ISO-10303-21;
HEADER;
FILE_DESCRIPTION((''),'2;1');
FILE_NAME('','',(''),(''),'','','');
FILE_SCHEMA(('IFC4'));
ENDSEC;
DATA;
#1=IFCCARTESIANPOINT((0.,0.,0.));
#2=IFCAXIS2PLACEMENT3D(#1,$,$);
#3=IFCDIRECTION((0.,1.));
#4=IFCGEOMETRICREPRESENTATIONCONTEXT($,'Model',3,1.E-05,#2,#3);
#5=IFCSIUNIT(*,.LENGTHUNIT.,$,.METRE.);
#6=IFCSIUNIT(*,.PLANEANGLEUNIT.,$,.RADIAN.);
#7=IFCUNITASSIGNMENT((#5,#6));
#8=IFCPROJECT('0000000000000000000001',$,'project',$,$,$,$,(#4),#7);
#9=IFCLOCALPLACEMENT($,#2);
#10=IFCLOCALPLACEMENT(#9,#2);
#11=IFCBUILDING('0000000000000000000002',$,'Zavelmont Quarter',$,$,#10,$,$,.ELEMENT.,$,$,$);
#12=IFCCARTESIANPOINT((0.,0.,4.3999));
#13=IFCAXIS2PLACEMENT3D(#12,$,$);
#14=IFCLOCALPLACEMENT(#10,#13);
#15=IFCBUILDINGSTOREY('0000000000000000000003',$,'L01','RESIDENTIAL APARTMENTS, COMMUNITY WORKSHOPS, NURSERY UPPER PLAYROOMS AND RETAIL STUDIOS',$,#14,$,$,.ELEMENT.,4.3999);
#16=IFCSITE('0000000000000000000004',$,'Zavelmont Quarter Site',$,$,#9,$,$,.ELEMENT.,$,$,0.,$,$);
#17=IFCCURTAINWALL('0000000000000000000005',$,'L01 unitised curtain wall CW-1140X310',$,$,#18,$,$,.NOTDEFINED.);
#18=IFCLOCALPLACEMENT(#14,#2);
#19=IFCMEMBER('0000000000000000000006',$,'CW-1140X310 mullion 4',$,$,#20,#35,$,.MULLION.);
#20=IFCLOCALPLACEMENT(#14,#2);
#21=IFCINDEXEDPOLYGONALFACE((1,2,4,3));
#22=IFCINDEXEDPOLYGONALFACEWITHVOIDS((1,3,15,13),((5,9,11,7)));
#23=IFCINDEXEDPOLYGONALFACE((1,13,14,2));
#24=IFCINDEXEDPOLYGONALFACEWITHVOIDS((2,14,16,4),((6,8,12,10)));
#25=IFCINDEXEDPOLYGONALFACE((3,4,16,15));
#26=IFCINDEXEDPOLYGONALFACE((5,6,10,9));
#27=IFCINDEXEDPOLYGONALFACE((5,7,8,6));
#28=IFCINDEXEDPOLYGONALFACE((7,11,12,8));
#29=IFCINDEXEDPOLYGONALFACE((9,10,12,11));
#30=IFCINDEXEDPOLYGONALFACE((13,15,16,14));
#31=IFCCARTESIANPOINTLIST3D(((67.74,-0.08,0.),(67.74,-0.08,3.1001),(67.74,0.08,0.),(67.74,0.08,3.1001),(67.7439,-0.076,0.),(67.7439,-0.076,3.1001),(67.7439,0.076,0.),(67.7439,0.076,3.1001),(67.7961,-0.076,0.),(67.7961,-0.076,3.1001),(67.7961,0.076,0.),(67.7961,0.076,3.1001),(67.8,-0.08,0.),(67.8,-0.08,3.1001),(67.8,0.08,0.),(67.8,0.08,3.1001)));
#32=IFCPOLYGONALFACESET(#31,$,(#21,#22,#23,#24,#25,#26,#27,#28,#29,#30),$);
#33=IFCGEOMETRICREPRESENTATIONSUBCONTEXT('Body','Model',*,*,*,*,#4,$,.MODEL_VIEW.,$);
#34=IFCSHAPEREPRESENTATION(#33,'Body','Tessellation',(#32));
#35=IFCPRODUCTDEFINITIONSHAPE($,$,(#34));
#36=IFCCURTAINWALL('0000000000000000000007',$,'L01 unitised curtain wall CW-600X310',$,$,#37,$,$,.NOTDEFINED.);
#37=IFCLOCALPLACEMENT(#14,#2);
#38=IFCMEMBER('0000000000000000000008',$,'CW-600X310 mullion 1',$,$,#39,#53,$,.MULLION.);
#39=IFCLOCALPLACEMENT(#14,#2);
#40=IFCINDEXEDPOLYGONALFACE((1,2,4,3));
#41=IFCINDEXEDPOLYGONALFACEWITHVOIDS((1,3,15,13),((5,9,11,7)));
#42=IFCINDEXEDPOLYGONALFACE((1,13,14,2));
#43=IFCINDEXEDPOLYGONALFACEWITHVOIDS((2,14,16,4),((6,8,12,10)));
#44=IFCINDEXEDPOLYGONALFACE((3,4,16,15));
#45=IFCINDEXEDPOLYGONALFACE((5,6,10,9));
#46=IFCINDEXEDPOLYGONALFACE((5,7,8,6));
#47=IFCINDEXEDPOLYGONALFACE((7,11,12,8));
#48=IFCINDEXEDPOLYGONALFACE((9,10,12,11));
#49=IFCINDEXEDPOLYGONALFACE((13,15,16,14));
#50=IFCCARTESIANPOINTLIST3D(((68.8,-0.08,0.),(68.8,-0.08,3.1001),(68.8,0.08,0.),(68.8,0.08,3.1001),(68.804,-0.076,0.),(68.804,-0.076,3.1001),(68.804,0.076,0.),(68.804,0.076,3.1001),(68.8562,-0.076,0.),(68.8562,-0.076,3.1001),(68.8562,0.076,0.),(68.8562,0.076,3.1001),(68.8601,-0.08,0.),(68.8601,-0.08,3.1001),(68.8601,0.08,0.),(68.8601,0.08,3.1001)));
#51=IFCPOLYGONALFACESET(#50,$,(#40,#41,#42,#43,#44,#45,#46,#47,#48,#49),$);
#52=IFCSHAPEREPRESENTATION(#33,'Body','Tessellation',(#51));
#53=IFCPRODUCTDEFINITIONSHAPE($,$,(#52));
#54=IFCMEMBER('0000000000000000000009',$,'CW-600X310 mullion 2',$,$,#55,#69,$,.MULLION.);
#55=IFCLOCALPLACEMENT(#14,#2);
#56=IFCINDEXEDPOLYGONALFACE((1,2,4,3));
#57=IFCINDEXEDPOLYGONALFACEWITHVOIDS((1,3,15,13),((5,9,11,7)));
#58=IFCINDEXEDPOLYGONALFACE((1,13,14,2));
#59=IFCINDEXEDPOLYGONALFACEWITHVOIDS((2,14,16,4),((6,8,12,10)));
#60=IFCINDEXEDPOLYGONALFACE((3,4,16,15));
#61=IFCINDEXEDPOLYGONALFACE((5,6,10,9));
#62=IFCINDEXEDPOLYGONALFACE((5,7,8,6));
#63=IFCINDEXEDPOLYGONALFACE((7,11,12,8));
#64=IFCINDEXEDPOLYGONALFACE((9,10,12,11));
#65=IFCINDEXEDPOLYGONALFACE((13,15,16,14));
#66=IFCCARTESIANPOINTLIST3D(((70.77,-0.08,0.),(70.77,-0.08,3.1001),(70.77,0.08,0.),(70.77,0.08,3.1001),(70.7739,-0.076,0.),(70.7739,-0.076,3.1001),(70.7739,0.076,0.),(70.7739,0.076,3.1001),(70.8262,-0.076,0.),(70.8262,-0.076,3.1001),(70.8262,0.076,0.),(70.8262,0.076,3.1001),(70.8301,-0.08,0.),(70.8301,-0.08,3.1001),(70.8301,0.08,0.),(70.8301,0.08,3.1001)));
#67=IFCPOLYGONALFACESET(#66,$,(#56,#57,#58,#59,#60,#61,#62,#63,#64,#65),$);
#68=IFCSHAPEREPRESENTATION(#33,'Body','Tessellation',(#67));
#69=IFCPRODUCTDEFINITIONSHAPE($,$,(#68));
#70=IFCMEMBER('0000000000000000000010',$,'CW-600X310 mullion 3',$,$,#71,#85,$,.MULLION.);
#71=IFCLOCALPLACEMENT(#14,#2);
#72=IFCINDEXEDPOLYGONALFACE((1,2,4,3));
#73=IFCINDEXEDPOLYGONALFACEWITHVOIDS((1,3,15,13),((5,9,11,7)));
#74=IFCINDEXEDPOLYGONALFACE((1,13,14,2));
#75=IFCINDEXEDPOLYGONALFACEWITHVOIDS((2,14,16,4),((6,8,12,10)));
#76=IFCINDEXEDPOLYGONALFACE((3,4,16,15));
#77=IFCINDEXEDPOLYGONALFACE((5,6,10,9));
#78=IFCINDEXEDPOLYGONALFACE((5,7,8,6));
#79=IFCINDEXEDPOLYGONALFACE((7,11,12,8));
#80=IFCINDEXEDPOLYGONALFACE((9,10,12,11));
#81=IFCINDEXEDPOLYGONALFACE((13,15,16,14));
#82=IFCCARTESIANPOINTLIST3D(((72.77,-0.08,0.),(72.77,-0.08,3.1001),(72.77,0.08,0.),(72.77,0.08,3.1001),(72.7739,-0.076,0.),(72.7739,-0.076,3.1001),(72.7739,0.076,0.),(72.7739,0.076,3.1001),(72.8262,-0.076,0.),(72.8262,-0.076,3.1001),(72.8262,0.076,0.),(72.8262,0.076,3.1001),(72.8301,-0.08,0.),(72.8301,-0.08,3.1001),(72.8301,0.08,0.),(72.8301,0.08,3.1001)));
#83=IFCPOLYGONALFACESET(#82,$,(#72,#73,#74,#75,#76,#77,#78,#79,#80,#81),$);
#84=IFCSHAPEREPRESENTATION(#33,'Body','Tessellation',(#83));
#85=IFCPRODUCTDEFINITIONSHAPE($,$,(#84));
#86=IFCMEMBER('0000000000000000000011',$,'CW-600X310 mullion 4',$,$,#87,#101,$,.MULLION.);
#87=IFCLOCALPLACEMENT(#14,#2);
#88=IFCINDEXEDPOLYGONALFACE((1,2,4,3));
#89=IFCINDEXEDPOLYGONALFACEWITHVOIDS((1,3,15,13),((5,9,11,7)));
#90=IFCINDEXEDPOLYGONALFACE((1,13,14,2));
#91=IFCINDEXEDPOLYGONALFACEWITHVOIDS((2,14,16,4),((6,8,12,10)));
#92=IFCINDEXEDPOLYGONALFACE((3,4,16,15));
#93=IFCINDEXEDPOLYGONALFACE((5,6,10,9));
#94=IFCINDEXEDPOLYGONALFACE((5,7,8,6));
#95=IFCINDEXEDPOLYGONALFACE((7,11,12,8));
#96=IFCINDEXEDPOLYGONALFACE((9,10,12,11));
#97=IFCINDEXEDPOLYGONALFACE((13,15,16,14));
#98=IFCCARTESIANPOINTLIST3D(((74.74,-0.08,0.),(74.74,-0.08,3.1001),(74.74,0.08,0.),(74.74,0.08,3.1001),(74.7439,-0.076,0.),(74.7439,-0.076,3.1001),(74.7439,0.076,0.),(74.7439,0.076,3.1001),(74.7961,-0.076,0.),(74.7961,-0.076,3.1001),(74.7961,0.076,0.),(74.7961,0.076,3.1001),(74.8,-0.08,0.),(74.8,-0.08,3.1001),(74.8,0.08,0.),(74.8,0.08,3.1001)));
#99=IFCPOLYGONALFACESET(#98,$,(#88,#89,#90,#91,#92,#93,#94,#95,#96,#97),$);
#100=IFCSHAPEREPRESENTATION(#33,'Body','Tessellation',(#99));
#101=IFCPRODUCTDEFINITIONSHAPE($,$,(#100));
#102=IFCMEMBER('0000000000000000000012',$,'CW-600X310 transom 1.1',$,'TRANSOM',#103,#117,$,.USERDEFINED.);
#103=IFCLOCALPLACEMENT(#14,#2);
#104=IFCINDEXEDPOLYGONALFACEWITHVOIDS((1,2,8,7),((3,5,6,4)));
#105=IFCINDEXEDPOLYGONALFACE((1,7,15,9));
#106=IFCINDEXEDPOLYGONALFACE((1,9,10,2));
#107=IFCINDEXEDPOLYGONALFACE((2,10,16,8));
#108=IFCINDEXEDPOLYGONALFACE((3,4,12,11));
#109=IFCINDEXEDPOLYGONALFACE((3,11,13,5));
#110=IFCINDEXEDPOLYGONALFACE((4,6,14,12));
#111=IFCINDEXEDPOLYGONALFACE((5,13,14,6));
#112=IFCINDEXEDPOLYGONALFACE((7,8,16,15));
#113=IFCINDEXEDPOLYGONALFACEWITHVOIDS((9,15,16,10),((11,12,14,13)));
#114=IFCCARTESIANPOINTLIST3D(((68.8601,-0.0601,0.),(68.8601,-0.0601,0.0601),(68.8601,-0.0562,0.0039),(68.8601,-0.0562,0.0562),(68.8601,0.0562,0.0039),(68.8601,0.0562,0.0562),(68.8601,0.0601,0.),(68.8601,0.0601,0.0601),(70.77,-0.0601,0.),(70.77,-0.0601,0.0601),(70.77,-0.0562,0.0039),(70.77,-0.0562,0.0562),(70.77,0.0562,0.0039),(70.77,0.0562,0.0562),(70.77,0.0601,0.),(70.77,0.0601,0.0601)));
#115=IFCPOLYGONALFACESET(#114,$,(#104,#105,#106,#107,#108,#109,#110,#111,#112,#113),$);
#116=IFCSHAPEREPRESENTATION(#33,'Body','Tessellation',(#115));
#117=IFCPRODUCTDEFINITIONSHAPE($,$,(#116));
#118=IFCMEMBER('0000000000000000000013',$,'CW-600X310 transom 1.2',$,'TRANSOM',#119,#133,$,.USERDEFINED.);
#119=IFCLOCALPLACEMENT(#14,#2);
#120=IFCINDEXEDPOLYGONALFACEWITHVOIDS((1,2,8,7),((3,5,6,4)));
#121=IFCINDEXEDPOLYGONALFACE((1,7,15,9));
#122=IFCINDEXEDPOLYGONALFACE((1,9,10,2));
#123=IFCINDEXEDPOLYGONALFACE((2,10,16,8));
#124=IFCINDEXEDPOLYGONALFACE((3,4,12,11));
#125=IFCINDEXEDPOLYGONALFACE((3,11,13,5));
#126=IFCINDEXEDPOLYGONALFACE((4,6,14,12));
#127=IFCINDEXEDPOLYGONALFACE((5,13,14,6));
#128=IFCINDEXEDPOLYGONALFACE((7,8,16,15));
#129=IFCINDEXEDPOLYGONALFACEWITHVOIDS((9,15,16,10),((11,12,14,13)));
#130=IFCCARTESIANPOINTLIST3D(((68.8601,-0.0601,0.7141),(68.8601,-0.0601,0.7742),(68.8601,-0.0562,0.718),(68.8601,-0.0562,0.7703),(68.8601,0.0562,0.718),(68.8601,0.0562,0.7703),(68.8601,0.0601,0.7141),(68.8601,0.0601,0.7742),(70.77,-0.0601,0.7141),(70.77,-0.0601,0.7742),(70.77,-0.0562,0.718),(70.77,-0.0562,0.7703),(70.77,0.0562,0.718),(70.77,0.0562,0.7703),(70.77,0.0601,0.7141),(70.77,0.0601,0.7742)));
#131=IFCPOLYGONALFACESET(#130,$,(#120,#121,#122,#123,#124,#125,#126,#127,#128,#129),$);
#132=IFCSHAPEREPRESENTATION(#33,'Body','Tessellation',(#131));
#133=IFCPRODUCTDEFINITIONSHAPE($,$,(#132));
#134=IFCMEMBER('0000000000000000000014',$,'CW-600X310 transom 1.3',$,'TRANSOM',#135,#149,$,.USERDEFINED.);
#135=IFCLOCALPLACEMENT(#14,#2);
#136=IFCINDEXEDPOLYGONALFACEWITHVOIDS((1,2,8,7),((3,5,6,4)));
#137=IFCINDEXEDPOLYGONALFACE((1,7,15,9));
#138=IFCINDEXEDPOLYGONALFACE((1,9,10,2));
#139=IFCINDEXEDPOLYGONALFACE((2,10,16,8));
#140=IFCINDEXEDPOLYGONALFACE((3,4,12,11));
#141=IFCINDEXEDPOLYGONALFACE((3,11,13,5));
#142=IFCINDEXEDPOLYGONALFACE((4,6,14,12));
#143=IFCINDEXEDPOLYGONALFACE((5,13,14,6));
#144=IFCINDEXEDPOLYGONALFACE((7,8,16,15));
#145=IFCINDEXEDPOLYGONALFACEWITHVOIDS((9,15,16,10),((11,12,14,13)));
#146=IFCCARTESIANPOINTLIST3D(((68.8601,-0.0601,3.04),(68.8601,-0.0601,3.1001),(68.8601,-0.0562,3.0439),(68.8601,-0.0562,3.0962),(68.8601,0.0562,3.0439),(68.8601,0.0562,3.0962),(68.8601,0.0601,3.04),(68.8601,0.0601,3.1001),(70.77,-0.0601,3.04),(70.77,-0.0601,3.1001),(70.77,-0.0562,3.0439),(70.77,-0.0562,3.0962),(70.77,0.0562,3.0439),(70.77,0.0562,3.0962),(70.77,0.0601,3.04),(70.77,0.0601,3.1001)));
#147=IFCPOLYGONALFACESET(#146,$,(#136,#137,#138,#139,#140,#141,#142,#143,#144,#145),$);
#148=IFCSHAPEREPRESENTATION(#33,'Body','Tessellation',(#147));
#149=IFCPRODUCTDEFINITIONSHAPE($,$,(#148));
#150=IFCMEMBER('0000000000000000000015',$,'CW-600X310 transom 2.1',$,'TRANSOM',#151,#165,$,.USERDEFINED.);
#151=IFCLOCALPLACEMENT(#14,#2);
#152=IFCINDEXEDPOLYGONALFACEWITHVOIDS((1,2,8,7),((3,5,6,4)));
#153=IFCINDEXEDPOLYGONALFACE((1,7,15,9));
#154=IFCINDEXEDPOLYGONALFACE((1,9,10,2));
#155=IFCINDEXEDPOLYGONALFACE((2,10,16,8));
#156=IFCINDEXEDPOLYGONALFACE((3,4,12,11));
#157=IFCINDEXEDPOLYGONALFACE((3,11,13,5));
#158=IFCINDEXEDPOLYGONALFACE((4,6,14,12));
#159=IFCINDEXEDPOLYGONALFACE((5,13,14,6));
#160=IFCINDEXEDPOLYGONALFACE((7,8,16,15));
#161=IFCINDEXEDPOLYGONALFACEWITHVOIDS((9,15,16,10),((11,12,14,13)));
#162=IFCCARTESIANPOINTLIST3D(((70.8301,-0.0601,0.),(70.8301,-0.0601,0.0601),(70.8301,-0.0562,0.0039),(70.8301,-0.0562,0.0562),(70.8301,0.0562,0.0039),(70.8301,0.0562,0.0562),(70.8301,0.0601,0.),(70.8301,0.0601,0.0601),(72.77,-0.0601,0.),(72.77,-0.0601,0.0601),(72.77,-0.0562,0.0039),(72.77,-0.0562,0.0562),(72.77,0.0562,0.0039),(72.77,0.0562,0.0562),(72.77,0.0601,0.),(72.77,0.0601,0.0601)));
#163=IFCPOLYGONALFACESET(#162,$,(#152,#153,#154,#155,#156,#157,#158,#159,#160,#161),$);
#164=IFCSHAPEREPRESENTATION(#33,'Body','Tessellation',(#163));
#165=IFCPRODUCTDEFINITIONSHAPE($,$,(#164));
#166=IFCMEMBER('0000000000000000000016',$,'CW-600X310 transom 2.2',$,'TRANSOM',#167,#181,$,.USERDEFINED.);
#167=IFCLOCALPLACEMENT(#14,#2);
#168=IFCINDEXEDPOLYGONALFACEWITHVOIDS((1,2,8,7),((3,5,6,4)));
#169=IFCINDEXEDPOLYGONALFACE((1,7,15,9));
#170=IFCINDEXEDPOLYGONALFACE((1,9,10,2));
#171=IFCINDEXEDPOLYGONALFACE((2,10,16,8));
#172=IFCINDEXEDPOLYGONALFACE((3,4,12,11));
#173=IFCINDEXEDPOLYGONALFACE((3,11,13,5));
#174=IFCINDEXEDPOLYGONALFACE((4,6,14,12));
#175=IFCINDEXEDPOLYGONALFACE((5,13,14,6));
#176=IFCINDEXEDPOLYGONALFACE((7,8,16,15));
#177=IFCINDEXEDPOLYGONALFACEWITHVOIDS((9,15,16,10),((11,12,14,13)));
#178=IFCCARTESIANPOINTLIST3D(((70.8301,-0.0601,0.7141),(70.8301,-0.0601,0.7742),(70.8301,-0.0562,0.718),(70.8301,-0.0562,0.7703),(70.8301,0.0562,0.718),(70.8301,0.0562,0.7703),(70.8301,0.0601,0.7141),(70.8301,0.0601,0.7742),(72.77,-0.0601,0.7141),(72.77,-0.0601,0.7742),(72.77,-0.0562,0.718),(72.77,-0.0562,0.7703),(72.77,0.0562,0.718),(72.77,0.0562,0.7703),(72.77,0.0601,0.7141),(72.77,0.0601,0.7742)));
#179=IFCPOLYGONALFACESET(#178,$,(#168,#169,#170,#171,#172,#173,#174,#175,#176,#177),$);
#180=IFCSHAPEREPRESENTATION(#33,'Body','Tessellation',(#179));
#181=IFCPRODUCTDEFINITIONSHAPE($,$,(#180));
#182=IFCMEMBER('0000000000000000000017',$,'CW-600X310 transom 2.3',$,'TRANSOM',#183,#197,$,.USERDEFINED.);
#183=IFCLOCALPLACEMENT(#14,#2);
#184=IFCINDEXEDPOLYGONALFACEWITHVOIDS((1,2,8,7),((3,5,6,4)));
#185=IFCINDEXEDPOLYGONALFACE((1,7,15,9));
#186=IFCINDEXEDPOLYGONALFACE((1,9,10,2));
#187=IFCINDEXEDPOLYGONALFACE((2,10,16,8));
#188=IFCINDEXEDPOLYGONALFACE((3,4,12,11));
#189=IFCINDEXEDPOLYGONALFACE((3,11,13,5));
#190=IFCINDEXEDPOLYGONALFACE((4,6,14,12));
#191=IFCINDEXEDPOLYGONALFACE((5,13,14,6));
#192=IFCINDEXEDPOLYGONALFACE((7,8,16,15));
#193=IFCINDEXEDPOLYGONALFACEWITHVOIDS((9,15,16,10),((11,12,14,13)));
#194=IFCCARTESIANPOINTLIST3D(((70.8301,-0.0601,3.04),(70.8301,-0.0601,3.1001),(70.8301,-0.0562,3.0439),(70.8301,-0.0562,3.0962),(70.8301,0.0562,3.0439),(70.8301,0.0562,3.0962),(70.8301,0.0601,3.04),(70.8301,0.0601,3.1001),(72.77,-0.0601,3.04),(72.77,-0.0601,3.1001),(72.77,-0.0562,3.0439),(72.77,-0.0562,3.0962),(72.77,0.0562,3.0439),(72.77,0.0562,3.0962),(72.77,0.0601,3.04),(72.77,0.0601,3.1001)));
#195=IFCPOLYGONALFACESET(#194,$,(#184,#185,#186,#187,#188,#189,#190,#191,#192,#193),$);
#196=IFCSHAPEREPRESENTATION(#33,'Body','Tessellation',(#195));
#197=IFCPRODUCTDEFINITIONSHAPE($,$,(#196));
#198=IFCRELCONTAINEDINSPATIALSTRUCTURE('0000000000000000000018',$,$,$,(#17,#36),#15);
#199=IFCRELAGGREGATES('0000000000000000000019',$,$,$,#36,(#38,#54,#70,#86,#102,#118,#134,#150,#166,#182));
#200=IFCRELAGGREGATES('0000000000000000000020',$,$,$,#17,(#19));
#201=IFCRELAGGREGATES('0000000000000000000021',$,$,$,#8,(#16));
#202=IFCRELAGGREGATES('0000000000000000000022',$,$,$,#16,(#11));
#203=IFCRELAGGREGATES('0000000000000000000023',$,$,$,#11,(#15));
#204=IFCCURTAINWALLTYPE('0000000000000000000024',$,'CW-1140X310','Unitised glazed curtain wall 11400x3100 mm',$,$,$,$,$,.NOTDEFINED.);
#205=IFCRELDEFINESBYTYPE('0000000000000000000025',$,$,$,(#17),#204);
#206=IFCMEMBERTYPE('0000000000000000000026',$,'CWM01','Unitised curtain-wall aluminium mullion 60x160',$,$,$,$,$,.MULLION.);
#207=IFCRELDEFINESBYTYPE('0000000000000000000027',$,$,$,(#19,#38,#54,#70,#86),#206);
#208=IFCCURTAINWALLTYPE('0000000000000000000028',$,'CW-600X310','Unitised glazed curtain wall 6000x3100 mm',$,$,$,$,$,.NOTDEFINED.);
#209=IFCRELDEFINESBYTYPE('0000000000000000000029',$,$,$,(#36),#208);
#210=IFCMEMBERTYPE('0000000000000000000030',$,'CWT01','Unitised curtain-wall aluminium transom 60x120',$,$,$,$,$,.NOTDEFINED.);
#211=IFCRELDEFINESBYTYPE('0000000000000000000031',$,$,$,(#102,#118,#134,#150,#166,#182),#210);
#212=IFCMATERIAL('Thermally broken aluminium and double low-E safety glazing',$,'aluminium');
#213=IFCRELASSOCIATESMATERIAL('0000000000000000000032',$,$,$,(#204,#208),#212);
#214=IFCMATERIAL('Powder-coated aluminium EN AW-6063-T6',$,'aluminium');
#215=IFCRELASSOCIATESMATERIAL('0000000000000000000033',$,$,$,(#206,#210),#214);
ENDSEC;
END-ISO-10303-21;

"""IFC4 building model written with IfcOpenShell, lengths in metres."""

from ifc_helpers import new_model, si_unit, direction, frame, origin, origin_2d, place, context, subcontext, project, spatial, hollow_rectangle, extrude, material, material_profile, profile_set, type_object, element, aggregate, save


model = new_model("IFC4")

# Units and contexts
model_context = context("Model", 3, precision=1e-05, world=origin(), true_north=direction((0.0, 1.0)))
body_context = subcontext(model_context, "Body", "Model", "MODEL_VIEW")
ifc_project = project(units=[si_unit("LENGTHUNIT", "METRE"), si_unit("PLANEANGLEUNIT", "RADIAN")], contexts=[model_context])

# Site, building, storey
site_placement = place(None, origin())
site = spatial("IfcSite", under=ifc_project, at=site_placement, Name="Zavelmont Quarter Site", CompositionType="ELEMENT", RefElevation=0.0)
building_placement = place(site_placement, origin())
building = spatial("IfcBuilding", under=site, at=building_placement, Name="Zavelmont Quarter", CompositionType="ELEMENT")
storey_placement = place(building_placement, frame((0.0, 0.0, 4.3999)))
storey = spatial("IfcBuildingStorey", under=building, at=storey_placement, Name="L01", Description="RESIDENTIAL APARTMENTS, COMMUNITY WORKSHOPS, NURSERY UPPER PLAYROOMS AND RETAIL STUDIOS", CompositionType="ELEMENT", Elevation=4.3999)

# Curtain wall, member
ifc_material_1 = material(Name="Thermally broken aluminium and double low-E safety glazing", Category="aluminium")
curtain_wall_type_1 = type_object("IfcCurtainWallType", Name="CW-1140X310", Description="Unitised glazed curtain wall 11400x3100 mm", PredefinedType="NOTDEFINED", material=ifc_material_1)
curtain_wall_1_placement = place(storey_placement, origin())
curtain_wall_1 = element("IfcCurtainWall", 1, at=curtain_wall_1_placement, inside=storey, type_object=curtain_wall_type_1, Name="L01 unitised curtain wall CW-1140X310", PredefinedType="NOTDEFINED")
ifc_material_2 = material(Name="Powder-coated aluminium EN AW-6063-T6", Category="aluminium")
ifc_material_profile_1 = material_profile(ifc_material_2, hollow_rectangle(XDim=0.0601, YDim=0.1599, WallThickness=0.0039, at=origin_2d()), Name="CWM60X160")
ifc_profile_set_1 = profile_set([ifc_material_profile_1], Name="Powder-coated aluminium EN AW-6063-T6")
member_type_1 = type_object("IfcMemberType", Name="CWM01", Description="Unitised curtain-wall aluminium mullion 60x160", PredefinedType="MULLION", material=ifc_profile_set_1)
member_1_placement = place(storey_placement, frame((67.77, 0.0, 0.0), z_axis=(0.0, 0.0, 1.0), x_axis=(1.0, 0.0, 0.0)))
member_1 = element("IfcMember", 2, at=member_1_placement, type_object=member_type_1, Name="CW-1140X310 mullion 4", PredefinedType="MULLION", context=body_context, shape_type="SweptSolid", body=[
    extrude(hollow_rectangle(XDim=0.0601, YDim=0.1599, WallThickness=0.0039, at=origin_2d()), origin(), (0.0, 0.0, 1.0), 3.1001),
])

# Curtain wall, members
curtain_wall_type_2 = type_object("IfcCurtainWallType", Name="CW-600X310", Description="Unitised glazed curtain wall 6000x3100 mm", PredefinedType="NOTDEFINED", material=ifc_material_1)
curtain_wall_2_placement = place(storey_placement, origin())
curtain_wall_2 = element("IfcCurtainWall", 3, at=curtain_wall_2_placement, inside=storey, type_object=curtain_wall_type_2, Name="L01 unitised curtain wall CW-600X310", PredefinedType="NOTDEFINED")
member_2_placement = place(storey_placement, frame((68.8301, 0.0, 0.0), z_axis=(0.0, 0.0, 1.0), x_axis=(1.0, 0.0, 0.0)))
member_2 = element("IfcMember", 4, at=member_2_placement, type_object=member_type_1, Name="CW-600X310 mullion 1", PredefinedType="MULLION", context=body_context, shape_type="SweptSolid", body=[
    extrude(hollow_rectangle(XDim=0.0601, YDim=0.1599, WallThickness=0.0039, at=origin_2d()), origin(), (0.0, 0.0, 1.0), 3.1001),
])
member_3_placement = place(storey_placement, frame((70.8, 0.0, 0.0), z_axis=(0.0, 0.0, 1.0), x_axis=(1.0, 0.0, 0.0)))
member_3 = element("IfcMember", 5, at=member_3_placement, type_object=member_type_1, Name="CW-600X310 mullion 2", PredefinedType="MULLION", context=body_context, shape_type="SweptSolid", body=[
    extrude(hollow_rectangle(XDim=0.0601, YDim=0.1599, WallThickness=0.0039, at=origin_2d()), origin(), (0.0, 0.0, 1.0), 3.1001),
])
member_4_placement = place(storey_placement, frame((72.8, 0.0, 0.0), z_axis=(0.0, 0.0, 1.0), x_axis=(1.0, 0.0, 0.0)))
member_4 = element("IfcMember", 6, at=member_4_placement, type_object=member_type_1, Name="CW-600X310 mullion 3", PredefinedType="MULLION", context=body_context, shape_type="SweptSolid", body=[
    extrude(hollow_rectangle(XDim=0.0601, YDim=0.1599, WallThickness=0.0039, at=origin_2d()), origin(), (0.0, 0.0, 1.0), 3.1001),
])
member_5_placement = place(storey_placement, frame((74.77, 0.0, 0.0), z_axis=(0.0, 0.0, 1.0), x_axis=(1.0, 0.0, 0.0)))
member_5 = element("IfcMember", 7, at=member_5_placement, type_object=member_type_1, Name="CW-600X310 mullion 4", PredefinedType="MULLION", context=body_context, shape_type="SweptSolid", body=[
    extrude(hollow_rectangle(XDim=0.0601, YDim=0.1599, WallThickness=0.0039, at=origin_2d()), origin(), (0.0, 0.0, 1.0), 3.1001),
])
ifc_material_profile_2 = material_profile(ifc_material_2, hollow_rectangle(XDim=0.1201, YDim=0.0601, WallThickness=0.0039, at=origin_2d()), Name="CWT60X120")
ifc_profile_set_2 = profile_set([ifc_material_profile_2], Name="Powder-coated aluminium EN AW-6063-T6")
member_type_2 = type_object("IfcMemberType", Name="CWT01", Description="Unitised curtain-wall aluminium transom 60x120", PredefinedType="NOTDEFINED", material=ifc_profile_set_2)
member_6_placement = place(storey_placement, frame((68.8601, 0.0, 0.03), z_axis=(1.0, 0.0, 0.0), x_axis=(0.0, 1.0, 0.0)))
member_6 = element("IfcMember", 8, at=member_6_placement, type_object=member_type_2, Name="CW-600X310 transom 1.1", ObjectType="TRANSOM", PredefinedType="USERDEFINED", context=body_context, shape_type="SweptSolid", body=[
    extrude(hollow_rectangle(XDim=0.1201, YDim=0.0601, WallThickness=0.0039, at=origin_2d()), origin(), (0.0, 0.0, 1.0), 1.9099),
])
member_7_placement = place(storey_placement, frame((68.8601, 0.0, 0.7441), z_axis=(1.0, 0.0, 0.0), x_axis=(0.0, 1.0, 0.0)))
member_7 = element("IfcMember", 9, at=member_7_placement, type_object=member_type_2, Name="CW-600X310 transom 1.2", ObjectType="TRANSOM", PredefinedType="USERDEFINED", context=body_context, shape_type="SweptSolid", body=[
    extrude(hollow_rectangle(XDim=0.1201, YDim=0.0601, WallThickness=0.0039, at=origin_2d()), origin(), (0.0, 0.0, 1.0), 1.9099),
])
member_8_placement = place(storey_placement, frame((68.8601, 0.0, 3.0701), z_axis=(1.0, 0.0, 0.0), x_axis=(0.0, 1.0, 0.0)))
member_8 = element("IfcMember", 10, at=member_8_placement, type_object=member_type_2, Name="CW-600X310 transom 1.3", ObjectType="TRANSOM", PredefinedType="USERDEFINED", context=body_context, shape_type="SweptSolid", body=[
    extrude(hollow_rectangle(XDim=0.1201, YDim=0.0601, WallThickness=0.0039, at=origin_2d()), origin(), (0.0, 0.0, 1.0), 1.9099),
])
member_9_placement = place(storey_placement, frame((70.8301, 0.0, 0.03), z_axis=(1.0, 0.0, 0.0), x_axis=(0.0, 1.0, 0.0)))
member_9 = element("IfcMember", 11, at=member_9_placement, type_object=member_type_2, Name="CW-600X310 transom 2.1", ObjectType="TRANSOM", PredefinedType="USERDEFINED", context=body_context, shape_type="SweptSolid", body=[
    extrude(hollow_rectangle(XDim=0.1201, YDim=0.0601, WallThickness=0.0039, at=origin_2d()), origin(), (0.0, 0.0, 1.0), 1.9399),
])
member_10_placement = place(storey_placement, frame((70.8301, 0.0, 0.7441), z_axis=(1.0, 0.0, 0.0), x_axis=(0.0, 1.0, 0.0)))
member_10 = element("IfcMember", 12, at=member_10_placement, type_object=member_type_2, Name="CW-600X310 transom 2.2", ObjectType="TRANSOM", PredefinedType="USERDEFINED", context=body_context, shape_type="SweptSolid", body=[
    extrude(hollow_rectangle(XDim=0.1201, YDim=0.0601, WallThickness=0.0039, at=origin_2d()), origin(), (0.0, 0.0, 1.0), 1.9399),
])
member_11_placement = place(storey_placement, frame((70.8301, 0.0, 3.0701), z_axis=(1.0, 0.0, 0.0), x_axis=(0.0, 1.0, 0.0)))
member_11 = element("IfcMember", 13, at=member_11_placement, type_object=member_type_2, Name="CW-600X310 transom 2.3", ObjectType="TRANSOM", PredefinedType="USERDEFINED", context=body_context, shape_type="SweptSolid", body=[
    extrude(hollow_rectangle(XDim=0.1201, YDim=0.0601, WallThickness=0.0039, at=origin_2d()), origin(), (0.0, 0.0, 1.0), 1.9399),
])

aggregate(curtain_wall_2, [member_2, member_3, member_4, member_5, member_6, member_7, member_8, member_9, member_10, member_11])
aggregate(curtain_wall_1, [member_1])

save(model, "model.ifc")
